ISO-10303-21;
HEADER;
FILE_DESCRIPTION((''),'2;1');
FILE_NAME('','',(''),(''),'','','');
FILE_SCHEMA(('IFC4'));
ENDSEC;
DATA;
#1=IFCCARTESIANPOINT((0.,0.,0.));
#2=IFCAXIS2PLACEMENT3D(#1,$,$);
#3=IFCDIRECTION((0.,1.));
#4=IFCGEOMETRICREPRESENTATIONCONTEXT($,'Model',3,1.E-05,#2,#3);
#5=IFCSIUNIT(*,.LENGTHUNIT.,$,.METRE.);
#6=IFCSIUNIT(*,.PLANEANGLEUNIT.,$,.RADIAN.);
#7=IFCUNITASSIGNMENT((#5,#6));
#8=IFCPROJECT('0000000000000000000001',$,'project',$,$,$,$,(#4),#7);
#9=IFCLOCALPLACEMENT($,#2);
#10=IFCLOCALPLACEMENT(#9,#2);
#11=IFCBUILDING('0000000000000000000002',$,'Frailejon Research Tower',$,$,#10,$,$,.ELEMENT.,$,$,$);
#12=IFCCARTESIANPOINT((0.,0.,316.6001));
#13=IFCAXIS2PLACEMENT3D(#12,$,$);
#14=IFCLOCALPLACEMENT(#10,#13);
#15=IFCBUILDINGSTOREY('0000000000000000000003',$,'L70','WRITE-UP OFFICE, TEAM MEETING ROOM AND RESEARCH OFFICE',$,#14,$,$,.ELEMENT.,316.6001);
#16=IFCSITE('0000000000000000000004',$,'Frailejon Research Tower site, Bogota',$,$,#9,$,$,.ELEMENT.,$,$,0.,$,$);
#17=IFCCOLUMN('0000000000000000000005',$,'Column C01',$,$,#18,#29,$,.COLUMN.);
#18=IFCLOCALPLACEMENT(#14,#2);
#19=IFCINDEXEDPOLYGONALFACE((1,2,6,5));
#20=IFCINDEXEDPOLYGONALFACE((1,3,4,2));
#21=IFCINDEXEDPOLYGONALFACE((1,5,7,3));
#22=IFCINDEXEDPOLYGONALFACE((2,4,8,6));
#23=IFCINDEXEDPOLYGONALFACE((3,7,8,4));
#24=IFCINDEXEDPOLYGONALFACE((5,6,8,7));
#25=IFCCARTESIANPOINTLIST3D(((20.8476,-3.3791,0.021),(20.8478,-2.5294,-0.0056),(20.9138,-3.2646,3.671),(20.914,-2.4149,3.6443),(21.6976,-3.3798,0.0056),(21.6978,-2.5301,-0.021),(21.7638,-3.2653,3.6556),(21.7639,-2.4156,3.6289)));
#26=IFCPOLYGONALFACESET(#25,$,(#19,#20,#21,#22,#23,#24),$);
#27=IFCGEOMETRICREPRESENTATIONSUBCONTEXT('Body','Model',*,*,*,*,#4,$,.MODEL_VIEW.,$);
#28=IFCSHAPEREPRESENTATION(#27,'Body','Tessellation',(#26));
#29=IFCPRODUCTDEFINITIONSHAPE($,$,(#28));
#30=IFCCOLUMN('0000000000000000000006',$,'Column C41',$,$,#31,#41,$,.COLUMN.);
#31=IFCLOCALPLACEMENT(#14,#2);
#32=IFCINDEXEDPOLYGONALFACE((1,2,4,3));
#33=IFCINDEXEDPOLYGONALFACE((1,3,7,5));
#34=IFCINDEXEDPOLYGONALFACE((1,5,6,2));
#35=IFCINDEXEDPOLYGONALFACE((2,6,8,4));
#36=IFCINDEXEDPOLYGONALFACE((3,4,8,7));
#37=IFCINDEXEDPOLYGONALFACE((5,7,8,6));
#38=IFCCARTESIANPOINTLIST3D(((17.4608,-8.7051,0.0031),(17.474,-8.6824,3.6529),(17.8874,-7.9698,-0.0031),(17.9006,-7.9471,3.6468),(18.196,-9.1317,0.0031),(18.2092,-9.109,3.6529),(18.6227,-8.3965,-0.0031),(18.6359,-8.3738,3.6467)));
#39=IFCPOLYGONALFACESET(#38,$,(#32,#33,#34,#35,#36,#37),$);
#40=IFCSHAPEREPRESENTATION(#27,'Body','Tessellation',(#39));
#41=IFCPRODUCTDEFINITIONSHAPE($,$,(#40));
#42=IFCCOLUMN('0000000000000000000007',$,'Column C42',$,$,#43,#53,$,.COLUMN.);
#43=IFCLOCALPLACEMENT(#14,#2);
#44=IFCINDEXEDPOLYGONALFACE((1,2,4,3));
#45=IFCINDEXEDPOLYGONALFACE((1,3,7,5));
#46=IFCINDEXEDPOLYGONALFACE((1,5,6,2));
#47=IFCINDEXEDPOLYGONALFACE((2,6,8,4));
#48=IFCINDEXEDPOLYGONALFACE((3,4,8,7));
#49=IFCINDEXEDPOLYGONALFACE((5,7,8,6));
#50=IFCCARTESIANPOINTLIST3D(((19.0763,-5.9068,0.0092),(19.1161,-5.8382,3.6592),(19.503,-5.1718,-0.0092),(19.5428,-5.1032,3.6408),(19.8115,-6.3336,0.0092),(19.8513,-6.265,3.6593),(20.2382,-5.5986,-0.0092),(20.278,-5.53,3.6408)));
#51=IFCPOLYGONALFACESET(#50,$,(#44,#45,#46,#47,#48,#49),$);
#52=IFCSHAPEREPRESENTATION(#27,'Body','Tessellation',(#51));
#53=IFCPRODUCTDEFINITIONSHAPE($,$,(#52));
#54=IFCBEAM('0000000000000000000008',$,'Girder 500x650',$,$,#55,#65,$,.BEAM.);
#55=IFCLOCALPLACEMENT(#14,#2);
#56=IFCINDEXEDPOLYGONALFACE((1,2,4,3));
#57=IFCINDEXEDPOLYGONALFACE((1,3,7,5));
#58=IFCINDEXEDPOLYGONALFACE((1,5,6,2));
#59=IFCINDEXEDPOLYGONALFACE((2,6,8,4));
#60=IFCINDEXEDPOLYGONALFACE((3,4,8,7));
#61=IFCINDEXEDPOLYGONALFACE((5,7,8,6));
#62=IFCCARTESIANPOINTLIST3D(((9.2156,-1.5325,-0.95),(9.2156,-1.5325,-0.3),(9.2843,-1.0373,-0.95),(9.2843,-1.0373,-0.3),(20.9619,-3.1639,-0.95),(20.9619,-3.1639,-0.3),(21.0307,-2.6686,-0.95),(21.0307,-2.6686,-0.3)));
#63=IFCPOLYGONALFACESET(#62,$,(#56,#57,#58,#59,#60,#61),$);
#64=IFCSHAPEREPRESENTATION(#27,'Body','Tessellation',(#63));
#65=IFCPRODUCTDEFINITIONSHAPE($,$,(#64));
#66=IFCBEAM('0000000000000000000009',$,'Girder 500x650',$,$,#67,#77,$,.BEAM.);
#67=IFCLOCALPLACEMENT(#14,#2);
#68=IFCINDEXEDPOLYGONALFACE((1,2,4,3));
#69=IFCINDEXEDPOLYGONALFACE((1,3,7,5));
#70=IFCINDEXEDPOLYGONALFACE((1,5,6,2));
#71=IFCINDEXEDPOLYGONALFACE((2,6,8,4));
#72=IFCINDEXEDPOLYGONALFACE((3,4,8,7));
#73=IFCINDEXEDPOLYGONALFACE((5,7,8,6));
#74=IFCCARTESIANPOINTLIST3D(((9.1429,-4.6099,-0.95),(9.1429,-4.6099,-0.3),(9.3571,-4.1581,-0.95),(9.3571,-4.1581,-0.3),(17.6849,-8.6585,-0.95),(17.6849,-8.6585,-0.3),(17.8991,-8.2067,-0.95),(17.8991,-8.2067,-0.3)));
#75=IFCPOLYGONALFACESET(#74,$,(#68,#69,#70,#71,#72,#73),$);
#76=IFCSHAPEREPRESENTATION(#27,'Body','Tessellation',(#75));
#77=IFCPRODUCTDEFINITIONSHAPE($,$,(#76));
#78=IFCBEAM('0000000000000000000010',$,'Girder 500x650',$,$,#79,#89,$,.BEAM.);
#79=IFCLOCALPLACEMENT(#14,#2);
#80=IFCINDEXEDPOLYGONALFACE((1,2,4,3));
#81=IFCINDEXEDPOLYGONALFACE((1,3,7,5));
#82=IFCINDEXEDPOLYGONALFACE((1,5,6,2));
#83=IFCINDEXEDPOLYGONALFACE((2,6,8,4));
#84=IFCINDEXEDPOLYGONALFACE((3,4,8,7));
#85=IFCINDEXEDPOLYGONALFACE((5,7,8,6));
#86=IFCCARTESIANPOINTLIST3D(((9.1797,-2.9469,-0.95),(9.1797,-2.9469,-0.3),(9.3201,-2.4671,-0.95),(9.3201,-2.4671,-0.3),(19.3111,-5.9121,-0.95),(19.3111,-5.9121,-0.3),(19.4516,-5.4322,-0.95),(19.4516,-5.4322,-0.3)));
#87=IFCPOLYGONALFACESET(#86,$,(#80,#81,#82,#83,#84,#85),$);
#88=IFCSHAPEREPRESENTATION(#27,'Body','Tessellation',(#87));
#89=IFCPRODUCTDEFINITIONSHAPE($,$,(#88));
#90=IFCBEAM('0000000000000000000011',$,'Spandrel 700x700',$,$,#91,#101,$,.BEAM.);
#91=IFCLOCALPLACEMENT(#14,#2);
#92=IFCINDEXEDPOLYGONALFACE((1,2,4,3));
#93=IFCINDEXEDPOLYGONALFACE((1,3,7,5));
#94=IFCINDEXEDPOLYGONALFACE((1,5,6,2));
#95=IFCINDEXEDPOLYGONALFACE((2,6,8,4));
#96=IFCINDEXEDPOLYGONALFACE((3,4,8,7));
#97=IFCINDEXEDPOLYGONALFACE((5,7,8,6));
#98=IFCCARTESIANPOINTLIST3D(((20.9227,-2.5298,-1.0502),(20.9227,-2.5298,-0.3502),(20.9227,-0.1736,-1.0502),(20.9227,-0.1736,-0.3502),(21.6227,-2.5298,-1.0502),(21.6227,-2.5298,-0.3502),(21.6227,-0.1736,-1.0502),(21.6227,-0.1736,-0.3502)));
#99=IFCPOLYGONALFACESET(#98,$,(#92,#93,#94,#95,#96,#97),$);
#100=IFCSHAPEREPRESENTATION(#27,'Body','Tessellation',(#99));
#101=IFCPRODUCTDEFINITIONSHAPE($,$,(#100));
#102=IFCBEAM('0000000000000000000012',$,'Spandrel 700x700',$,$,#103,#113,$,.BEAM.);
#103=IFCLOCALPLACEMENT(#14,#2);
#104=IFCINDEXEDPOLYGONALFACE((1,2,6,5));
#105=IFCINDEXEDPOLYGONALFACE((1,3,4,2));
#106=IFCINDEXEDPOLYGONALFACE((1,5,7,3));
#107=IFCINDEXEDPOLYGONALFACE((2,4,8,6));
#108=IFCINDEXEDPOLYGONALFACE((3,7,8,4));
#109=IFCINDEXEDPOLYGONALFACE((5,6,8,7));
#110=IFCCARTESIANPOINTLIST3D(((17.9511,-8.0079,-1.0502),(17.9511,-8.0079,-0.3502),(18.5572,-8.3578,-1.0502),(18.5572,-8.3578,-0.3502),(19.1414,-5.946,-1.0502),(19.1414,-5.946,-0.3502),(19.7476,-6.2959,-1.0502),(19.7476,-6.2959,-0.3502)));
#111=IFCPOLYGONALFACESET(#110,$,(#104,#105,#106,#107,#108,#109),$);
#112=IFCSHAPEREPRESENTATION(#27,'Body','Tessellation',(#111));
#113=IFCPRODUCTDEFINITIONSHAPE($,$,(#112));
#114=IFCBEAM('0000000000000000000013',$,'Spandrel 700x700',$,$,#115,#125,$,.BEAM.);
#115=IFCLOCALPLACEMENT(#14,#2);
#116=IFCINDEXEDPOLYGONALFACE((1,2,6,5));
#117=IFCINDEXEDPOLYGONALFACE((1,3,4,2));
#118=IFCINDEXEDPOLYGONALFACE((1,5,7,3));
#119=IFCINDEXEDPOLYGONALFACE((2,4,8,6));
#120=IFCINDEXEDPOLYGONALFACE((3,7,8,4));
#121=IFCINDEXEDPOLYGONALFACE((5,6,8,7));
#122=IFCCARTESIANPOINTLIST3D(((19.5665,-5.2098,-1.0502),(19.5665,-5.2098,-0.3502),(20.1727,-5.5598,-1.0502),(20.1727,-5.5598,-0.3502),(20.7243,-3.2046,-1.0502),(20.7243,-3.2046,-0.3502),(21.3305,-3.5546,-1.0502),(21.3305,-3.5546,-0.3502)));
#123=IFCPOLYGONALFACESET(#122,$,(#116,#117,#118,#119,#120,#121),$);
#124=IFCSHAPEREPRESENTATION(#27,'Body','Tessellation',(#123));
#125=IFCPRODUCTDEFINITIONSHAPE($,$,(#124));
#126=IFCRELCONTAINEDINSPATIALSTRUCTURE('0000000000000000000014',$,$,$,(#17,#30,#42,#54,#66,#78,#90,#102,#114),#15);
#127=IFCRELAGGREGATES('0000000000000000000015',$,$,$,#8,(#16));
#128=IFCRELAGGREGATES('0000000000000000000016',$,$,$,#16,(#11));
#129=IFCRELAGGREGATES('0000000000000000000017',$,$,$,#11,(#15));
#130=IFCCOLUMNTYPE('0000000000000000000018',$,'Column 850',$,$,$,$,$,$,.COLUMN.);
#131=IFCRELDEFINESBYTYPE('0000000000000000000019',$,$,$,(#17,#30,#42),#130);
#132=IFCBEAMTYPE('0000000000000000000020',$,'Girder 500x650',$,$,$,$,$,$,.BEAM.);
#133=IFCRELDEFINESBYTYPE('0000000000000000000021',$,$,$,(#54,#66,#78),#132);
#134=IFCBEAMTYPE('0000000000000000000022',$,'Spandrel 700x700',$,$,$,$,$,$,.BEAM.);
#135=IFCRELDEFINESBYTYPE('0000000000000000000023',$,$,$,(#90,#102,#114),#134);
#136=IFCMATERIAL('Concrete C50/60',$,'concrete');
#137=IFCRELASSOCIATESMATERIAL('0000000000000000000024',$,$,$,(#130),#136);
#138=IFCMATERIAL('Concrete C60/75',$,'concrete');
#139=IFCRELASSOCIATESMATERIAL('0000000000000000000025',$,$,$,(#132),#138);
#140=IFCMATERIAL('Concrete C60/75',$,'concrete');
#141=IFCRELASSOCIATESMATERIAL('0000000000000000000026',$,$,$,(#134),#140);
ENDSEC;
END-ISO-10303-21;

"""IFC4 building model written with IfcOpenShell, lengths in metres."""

from ifc_helpers import new_model, si_unit, direction, frame, origin, origin_2d, place, context, subcontext, project, spatial, rectangle, extrude, material, material_profile, profile_set, type_object, element, save


model = new_model("IFC4")

# Units and contexts
model_context = context("Model", 3, precision=1e-05, world=origin(), true_north=direction((0.0, 1.0)))
body_context = subcontext(model_context, "Body", "Model", "MODEL_VIEW")
ifc_project = project(units=[si_unit("LENGTHUNIT", "METRE"), si_unit("PLANEANGLEUNIT", "RADIAN")], contexts=[model_context])

# Site, building, storey
site_placement = place(None, origin())
site = spatial("IfcSite", under=ifc_project, at=site_placement, Name="Frailejon Research Tower site, Bogota", CompositionType="ELEMENT", RefElevation=0.0)
building_placement = place(site_placement, origin())
building = spatial("IfcBuilding", under=site, at=building_placement, Name="Frailejon Research Tower", CompositionType="ELEMENT")
storey_placement = place(building_placement, frame((0.0, 0.0, 316.6001)))
storey = spatial("IfcBuildingStorey", under=building, at=storey_placement, Name="L70", Description="WRITE-UP OFFICE, TEAM MEETING ROOM AND RESEARCH OFFICE", CompositionType="ELEMENT", Elevation=316.6001)

# Columns
ifc_material_1 = material(Name="Concrete C50/60", Category="concrete")
ifc_material_profile_1 = material_profile(ifc_material_1, rectangle(XDim=0.8501, YDim=0.8501, at=origin_2d()), Name="Column 850")
ifc_profile_set_1 = profile_set([ifc_material_profile_1], Name="Concrete C50/60")
column_type = type_object("IfcColumnType", Name="Column 850", PredefinedType="COLUMN", material=ifc_profile_set_1)
column_1_placement = place(storey_placement, frame((21.2727, -2.9546, 0.0), z_axis=(0.018115, 0.031351, 0.999344), x_axis=(0.000222, 0.999508, -0.03136)))
element("IfcColumn", 1, at=column_1_placement, inside=storey, type_object=column_type, Name="Column C01", PredefinedType="COLUMN", context=body_context, shape_type="SweptSolid", body=[
    extrude(rectangle(XDim=0.8501, YDim=0.8501, at=origin_2d()), origin(), (0.0, 0.0, 1.0), 3.6523),
])
column_2_placement = place(storey_placement, frame((18.0417, -8.5508, 0.0), z_axis=(0.003612, 0.006221, 0.999974), x_axis=(0.501902, 0.864894, -0.007193)))
element("IfcColumn", 2, at=column_2_placement, inside=storey, type_object=column_type, Name="Column C41", PredefinedType="COLUMN", context=body_context, shape_type="SweptSolid", body=[
    extrude(rectangle(XDim=0.8501, YDim=0.8501, at=origin_2d()), origin(), (0.0, 0.0, 1.0), 3.6499),
])
column_3_placement = place(storey_placement, frame((19.6572, -5.7527, 0.0), z_axis=(0.0109, 0.018792, 0.999764), x_axis=(0.501924, 0.864639, -0.021724)))
element("IfcColumn", 3, at=column_3_placement, inside=storey, type_object=column_type, Name="Column C42", PredefinedType="COLUMN", context=body_context, shape_type="SweptSolid", body=[
    extrude(rectangle(XDim=0.8501, YDim=0.8501, at=origin_2d()), origin(), (0.0, 0.0, 1.0), 3.6509),
])

# Beams
ifc_material_2 = material(Name="Concrete C60/75", Category="concrete")
ifc_material_profile_2 = material_profile(ifc_material_2, rectangle(XDim=0.5, YDim=0.6499, at=origin_2d()), Name="Girder 500x650")
ifc_profile_set_2 = profile_set([ifc_material_profile_2], Name="Concrete C60/75")
beam_type_1 = type_object("IfcBeamType", Name="Girder 500x650", PredefinedType="BEAM", material=ifc_profile_set_2)
beam_1_placement = place(storey_placement, frame((20.9963, -2.9163, -0.625), z_axis=(-0.990493, 0.137561, 0.0), x_axis=(-0.137561, -0.990493, 0.0)))
element("IfcBeam", 4, at=beam_1_placement, inside=storey, type_object=beam_type_1, Name="Girder 500x650", PredefinedType="BEAM", context=body_context, shape_type="SweptSolid", body=[
    extrude(rectangle(XDim=0.5, YDim=0.6499, at=origin_2d()), origin(), (0.0, 0.0, 1.0), 11.8591),
])
beam_2_placement = place(storey_placement, frame((17.792, -8.4326, -0.625), z_axis=(-0.903641, 0.428292, 0.0), x_axis=(-0.428292, -0.903641, 0.0)))
element("IfcBeam", 5, at=beam_2_placement, inside=storey, type_object=beam_type_1, Name="Girder 500x650", PredefinedType="BEAM", context=body_context, shape_type="SweptSolid", body=[
    extrude(rectangle(XDim=0.5, YDim=0.6499, at=origin_2d()), origin(), (0.0, 0.0, 1.0), 9.4529),
])
beam_3_placement = place(storey_placement, frame((19.3813, -5.6721, -0.625), z_axis=(-0.959742, 0.280883, 0.0), x_axis=(-0.280883, -0.959742, 0.0)))
element("IfcBeam", 6, at=beam_3_placement, inside=storey, type_object=beam_type_1, Name="Girder 500x650", PredefinedType="BEAM", context=body_context, shape_type="SweptSolid", body=[
    extrude(rectangle(XDim=0.5, YDim=0.6499, at=origin_2d()), origin(), (0.0, 0.0, 1.0), 10.5564),
])
ifc_material_3 = material(Name="Concrete C60/75", Category="concrete")
ifc_material_profile_3 = material_profile(ifc_material_3, rectangle(XDim=0.7, YDim=0.7, at=origin_2d()), Name="Spandrel 700x700")
ifc_profile_set_3 = profile_set([ifc_material_profile_3], Name="Concrete C60/75")
beam_type_2 = type_object("IfcBeamType", Name="Spandrel 700x700", PredefinedType="BEAM", material=ifc_profile_set_3)
beam_4_placement = place(storey_placement, frame((21.2727, -2.5298, -0.7002), z_axis=(0.0, 1.0, 0.0), x_axis=(-1.0, 0.0, 0.0)))
element("IfcBeam", 7, at=beam_4_placement, inside=storey, type_object=beam_type_2, Name="Spandrel 700x700", PredefinedType="BEAM", context=body_context, shape_type="SweptSolid", body=[
    extrude(rectangle(XDim=0.7, YDim=0.7, at=origin_2d()), origin(), (0.0, 0.0, 1.0), 2.3562),
])
beam_5_placement = place(storey_placement, frame((18.2542, -8.1829, -0.7002), z_axis=(0.499977, 0.866039, 0.0), x_axis=(-0.866039, 0.499977, 0.0)))
element("IfcBeam", 8, at=beam_5_placement, inside=storey, type_object=beam_type_2, Name="Spandrel 700x700", PredefinedType="BEAM", context=body_context, shape_type="SweptSolid", body=[
    extrude(rectangle(XDim=0.7, YDim=0.7, at=origin_2d()), origin(), (0.0, 0.0, 1.0), 2.3809),
])
beam_6_placement = place(storey_placement, frame((19.8696, -5.3848, -0.7002), z_axis=(0.500018, 0.866015, 0.0), x_axis=(-0.866015, 0.500018, 0.0)))
element("IfcBeam", 9, at=beam_6_placement, inside=storey, type_object=beam_type_2, Name="Spandrel 700x700", PredefinedType="BEAM", context=body_context, shape_type="SweptSolid", body=[
    extrude(rectangle(XDim=0.7, YDim=0.7, at=origin_2d()), origin(), (0.0, 0.0, 1.0), 2.3154),
])

save(model, "model.ifc")
